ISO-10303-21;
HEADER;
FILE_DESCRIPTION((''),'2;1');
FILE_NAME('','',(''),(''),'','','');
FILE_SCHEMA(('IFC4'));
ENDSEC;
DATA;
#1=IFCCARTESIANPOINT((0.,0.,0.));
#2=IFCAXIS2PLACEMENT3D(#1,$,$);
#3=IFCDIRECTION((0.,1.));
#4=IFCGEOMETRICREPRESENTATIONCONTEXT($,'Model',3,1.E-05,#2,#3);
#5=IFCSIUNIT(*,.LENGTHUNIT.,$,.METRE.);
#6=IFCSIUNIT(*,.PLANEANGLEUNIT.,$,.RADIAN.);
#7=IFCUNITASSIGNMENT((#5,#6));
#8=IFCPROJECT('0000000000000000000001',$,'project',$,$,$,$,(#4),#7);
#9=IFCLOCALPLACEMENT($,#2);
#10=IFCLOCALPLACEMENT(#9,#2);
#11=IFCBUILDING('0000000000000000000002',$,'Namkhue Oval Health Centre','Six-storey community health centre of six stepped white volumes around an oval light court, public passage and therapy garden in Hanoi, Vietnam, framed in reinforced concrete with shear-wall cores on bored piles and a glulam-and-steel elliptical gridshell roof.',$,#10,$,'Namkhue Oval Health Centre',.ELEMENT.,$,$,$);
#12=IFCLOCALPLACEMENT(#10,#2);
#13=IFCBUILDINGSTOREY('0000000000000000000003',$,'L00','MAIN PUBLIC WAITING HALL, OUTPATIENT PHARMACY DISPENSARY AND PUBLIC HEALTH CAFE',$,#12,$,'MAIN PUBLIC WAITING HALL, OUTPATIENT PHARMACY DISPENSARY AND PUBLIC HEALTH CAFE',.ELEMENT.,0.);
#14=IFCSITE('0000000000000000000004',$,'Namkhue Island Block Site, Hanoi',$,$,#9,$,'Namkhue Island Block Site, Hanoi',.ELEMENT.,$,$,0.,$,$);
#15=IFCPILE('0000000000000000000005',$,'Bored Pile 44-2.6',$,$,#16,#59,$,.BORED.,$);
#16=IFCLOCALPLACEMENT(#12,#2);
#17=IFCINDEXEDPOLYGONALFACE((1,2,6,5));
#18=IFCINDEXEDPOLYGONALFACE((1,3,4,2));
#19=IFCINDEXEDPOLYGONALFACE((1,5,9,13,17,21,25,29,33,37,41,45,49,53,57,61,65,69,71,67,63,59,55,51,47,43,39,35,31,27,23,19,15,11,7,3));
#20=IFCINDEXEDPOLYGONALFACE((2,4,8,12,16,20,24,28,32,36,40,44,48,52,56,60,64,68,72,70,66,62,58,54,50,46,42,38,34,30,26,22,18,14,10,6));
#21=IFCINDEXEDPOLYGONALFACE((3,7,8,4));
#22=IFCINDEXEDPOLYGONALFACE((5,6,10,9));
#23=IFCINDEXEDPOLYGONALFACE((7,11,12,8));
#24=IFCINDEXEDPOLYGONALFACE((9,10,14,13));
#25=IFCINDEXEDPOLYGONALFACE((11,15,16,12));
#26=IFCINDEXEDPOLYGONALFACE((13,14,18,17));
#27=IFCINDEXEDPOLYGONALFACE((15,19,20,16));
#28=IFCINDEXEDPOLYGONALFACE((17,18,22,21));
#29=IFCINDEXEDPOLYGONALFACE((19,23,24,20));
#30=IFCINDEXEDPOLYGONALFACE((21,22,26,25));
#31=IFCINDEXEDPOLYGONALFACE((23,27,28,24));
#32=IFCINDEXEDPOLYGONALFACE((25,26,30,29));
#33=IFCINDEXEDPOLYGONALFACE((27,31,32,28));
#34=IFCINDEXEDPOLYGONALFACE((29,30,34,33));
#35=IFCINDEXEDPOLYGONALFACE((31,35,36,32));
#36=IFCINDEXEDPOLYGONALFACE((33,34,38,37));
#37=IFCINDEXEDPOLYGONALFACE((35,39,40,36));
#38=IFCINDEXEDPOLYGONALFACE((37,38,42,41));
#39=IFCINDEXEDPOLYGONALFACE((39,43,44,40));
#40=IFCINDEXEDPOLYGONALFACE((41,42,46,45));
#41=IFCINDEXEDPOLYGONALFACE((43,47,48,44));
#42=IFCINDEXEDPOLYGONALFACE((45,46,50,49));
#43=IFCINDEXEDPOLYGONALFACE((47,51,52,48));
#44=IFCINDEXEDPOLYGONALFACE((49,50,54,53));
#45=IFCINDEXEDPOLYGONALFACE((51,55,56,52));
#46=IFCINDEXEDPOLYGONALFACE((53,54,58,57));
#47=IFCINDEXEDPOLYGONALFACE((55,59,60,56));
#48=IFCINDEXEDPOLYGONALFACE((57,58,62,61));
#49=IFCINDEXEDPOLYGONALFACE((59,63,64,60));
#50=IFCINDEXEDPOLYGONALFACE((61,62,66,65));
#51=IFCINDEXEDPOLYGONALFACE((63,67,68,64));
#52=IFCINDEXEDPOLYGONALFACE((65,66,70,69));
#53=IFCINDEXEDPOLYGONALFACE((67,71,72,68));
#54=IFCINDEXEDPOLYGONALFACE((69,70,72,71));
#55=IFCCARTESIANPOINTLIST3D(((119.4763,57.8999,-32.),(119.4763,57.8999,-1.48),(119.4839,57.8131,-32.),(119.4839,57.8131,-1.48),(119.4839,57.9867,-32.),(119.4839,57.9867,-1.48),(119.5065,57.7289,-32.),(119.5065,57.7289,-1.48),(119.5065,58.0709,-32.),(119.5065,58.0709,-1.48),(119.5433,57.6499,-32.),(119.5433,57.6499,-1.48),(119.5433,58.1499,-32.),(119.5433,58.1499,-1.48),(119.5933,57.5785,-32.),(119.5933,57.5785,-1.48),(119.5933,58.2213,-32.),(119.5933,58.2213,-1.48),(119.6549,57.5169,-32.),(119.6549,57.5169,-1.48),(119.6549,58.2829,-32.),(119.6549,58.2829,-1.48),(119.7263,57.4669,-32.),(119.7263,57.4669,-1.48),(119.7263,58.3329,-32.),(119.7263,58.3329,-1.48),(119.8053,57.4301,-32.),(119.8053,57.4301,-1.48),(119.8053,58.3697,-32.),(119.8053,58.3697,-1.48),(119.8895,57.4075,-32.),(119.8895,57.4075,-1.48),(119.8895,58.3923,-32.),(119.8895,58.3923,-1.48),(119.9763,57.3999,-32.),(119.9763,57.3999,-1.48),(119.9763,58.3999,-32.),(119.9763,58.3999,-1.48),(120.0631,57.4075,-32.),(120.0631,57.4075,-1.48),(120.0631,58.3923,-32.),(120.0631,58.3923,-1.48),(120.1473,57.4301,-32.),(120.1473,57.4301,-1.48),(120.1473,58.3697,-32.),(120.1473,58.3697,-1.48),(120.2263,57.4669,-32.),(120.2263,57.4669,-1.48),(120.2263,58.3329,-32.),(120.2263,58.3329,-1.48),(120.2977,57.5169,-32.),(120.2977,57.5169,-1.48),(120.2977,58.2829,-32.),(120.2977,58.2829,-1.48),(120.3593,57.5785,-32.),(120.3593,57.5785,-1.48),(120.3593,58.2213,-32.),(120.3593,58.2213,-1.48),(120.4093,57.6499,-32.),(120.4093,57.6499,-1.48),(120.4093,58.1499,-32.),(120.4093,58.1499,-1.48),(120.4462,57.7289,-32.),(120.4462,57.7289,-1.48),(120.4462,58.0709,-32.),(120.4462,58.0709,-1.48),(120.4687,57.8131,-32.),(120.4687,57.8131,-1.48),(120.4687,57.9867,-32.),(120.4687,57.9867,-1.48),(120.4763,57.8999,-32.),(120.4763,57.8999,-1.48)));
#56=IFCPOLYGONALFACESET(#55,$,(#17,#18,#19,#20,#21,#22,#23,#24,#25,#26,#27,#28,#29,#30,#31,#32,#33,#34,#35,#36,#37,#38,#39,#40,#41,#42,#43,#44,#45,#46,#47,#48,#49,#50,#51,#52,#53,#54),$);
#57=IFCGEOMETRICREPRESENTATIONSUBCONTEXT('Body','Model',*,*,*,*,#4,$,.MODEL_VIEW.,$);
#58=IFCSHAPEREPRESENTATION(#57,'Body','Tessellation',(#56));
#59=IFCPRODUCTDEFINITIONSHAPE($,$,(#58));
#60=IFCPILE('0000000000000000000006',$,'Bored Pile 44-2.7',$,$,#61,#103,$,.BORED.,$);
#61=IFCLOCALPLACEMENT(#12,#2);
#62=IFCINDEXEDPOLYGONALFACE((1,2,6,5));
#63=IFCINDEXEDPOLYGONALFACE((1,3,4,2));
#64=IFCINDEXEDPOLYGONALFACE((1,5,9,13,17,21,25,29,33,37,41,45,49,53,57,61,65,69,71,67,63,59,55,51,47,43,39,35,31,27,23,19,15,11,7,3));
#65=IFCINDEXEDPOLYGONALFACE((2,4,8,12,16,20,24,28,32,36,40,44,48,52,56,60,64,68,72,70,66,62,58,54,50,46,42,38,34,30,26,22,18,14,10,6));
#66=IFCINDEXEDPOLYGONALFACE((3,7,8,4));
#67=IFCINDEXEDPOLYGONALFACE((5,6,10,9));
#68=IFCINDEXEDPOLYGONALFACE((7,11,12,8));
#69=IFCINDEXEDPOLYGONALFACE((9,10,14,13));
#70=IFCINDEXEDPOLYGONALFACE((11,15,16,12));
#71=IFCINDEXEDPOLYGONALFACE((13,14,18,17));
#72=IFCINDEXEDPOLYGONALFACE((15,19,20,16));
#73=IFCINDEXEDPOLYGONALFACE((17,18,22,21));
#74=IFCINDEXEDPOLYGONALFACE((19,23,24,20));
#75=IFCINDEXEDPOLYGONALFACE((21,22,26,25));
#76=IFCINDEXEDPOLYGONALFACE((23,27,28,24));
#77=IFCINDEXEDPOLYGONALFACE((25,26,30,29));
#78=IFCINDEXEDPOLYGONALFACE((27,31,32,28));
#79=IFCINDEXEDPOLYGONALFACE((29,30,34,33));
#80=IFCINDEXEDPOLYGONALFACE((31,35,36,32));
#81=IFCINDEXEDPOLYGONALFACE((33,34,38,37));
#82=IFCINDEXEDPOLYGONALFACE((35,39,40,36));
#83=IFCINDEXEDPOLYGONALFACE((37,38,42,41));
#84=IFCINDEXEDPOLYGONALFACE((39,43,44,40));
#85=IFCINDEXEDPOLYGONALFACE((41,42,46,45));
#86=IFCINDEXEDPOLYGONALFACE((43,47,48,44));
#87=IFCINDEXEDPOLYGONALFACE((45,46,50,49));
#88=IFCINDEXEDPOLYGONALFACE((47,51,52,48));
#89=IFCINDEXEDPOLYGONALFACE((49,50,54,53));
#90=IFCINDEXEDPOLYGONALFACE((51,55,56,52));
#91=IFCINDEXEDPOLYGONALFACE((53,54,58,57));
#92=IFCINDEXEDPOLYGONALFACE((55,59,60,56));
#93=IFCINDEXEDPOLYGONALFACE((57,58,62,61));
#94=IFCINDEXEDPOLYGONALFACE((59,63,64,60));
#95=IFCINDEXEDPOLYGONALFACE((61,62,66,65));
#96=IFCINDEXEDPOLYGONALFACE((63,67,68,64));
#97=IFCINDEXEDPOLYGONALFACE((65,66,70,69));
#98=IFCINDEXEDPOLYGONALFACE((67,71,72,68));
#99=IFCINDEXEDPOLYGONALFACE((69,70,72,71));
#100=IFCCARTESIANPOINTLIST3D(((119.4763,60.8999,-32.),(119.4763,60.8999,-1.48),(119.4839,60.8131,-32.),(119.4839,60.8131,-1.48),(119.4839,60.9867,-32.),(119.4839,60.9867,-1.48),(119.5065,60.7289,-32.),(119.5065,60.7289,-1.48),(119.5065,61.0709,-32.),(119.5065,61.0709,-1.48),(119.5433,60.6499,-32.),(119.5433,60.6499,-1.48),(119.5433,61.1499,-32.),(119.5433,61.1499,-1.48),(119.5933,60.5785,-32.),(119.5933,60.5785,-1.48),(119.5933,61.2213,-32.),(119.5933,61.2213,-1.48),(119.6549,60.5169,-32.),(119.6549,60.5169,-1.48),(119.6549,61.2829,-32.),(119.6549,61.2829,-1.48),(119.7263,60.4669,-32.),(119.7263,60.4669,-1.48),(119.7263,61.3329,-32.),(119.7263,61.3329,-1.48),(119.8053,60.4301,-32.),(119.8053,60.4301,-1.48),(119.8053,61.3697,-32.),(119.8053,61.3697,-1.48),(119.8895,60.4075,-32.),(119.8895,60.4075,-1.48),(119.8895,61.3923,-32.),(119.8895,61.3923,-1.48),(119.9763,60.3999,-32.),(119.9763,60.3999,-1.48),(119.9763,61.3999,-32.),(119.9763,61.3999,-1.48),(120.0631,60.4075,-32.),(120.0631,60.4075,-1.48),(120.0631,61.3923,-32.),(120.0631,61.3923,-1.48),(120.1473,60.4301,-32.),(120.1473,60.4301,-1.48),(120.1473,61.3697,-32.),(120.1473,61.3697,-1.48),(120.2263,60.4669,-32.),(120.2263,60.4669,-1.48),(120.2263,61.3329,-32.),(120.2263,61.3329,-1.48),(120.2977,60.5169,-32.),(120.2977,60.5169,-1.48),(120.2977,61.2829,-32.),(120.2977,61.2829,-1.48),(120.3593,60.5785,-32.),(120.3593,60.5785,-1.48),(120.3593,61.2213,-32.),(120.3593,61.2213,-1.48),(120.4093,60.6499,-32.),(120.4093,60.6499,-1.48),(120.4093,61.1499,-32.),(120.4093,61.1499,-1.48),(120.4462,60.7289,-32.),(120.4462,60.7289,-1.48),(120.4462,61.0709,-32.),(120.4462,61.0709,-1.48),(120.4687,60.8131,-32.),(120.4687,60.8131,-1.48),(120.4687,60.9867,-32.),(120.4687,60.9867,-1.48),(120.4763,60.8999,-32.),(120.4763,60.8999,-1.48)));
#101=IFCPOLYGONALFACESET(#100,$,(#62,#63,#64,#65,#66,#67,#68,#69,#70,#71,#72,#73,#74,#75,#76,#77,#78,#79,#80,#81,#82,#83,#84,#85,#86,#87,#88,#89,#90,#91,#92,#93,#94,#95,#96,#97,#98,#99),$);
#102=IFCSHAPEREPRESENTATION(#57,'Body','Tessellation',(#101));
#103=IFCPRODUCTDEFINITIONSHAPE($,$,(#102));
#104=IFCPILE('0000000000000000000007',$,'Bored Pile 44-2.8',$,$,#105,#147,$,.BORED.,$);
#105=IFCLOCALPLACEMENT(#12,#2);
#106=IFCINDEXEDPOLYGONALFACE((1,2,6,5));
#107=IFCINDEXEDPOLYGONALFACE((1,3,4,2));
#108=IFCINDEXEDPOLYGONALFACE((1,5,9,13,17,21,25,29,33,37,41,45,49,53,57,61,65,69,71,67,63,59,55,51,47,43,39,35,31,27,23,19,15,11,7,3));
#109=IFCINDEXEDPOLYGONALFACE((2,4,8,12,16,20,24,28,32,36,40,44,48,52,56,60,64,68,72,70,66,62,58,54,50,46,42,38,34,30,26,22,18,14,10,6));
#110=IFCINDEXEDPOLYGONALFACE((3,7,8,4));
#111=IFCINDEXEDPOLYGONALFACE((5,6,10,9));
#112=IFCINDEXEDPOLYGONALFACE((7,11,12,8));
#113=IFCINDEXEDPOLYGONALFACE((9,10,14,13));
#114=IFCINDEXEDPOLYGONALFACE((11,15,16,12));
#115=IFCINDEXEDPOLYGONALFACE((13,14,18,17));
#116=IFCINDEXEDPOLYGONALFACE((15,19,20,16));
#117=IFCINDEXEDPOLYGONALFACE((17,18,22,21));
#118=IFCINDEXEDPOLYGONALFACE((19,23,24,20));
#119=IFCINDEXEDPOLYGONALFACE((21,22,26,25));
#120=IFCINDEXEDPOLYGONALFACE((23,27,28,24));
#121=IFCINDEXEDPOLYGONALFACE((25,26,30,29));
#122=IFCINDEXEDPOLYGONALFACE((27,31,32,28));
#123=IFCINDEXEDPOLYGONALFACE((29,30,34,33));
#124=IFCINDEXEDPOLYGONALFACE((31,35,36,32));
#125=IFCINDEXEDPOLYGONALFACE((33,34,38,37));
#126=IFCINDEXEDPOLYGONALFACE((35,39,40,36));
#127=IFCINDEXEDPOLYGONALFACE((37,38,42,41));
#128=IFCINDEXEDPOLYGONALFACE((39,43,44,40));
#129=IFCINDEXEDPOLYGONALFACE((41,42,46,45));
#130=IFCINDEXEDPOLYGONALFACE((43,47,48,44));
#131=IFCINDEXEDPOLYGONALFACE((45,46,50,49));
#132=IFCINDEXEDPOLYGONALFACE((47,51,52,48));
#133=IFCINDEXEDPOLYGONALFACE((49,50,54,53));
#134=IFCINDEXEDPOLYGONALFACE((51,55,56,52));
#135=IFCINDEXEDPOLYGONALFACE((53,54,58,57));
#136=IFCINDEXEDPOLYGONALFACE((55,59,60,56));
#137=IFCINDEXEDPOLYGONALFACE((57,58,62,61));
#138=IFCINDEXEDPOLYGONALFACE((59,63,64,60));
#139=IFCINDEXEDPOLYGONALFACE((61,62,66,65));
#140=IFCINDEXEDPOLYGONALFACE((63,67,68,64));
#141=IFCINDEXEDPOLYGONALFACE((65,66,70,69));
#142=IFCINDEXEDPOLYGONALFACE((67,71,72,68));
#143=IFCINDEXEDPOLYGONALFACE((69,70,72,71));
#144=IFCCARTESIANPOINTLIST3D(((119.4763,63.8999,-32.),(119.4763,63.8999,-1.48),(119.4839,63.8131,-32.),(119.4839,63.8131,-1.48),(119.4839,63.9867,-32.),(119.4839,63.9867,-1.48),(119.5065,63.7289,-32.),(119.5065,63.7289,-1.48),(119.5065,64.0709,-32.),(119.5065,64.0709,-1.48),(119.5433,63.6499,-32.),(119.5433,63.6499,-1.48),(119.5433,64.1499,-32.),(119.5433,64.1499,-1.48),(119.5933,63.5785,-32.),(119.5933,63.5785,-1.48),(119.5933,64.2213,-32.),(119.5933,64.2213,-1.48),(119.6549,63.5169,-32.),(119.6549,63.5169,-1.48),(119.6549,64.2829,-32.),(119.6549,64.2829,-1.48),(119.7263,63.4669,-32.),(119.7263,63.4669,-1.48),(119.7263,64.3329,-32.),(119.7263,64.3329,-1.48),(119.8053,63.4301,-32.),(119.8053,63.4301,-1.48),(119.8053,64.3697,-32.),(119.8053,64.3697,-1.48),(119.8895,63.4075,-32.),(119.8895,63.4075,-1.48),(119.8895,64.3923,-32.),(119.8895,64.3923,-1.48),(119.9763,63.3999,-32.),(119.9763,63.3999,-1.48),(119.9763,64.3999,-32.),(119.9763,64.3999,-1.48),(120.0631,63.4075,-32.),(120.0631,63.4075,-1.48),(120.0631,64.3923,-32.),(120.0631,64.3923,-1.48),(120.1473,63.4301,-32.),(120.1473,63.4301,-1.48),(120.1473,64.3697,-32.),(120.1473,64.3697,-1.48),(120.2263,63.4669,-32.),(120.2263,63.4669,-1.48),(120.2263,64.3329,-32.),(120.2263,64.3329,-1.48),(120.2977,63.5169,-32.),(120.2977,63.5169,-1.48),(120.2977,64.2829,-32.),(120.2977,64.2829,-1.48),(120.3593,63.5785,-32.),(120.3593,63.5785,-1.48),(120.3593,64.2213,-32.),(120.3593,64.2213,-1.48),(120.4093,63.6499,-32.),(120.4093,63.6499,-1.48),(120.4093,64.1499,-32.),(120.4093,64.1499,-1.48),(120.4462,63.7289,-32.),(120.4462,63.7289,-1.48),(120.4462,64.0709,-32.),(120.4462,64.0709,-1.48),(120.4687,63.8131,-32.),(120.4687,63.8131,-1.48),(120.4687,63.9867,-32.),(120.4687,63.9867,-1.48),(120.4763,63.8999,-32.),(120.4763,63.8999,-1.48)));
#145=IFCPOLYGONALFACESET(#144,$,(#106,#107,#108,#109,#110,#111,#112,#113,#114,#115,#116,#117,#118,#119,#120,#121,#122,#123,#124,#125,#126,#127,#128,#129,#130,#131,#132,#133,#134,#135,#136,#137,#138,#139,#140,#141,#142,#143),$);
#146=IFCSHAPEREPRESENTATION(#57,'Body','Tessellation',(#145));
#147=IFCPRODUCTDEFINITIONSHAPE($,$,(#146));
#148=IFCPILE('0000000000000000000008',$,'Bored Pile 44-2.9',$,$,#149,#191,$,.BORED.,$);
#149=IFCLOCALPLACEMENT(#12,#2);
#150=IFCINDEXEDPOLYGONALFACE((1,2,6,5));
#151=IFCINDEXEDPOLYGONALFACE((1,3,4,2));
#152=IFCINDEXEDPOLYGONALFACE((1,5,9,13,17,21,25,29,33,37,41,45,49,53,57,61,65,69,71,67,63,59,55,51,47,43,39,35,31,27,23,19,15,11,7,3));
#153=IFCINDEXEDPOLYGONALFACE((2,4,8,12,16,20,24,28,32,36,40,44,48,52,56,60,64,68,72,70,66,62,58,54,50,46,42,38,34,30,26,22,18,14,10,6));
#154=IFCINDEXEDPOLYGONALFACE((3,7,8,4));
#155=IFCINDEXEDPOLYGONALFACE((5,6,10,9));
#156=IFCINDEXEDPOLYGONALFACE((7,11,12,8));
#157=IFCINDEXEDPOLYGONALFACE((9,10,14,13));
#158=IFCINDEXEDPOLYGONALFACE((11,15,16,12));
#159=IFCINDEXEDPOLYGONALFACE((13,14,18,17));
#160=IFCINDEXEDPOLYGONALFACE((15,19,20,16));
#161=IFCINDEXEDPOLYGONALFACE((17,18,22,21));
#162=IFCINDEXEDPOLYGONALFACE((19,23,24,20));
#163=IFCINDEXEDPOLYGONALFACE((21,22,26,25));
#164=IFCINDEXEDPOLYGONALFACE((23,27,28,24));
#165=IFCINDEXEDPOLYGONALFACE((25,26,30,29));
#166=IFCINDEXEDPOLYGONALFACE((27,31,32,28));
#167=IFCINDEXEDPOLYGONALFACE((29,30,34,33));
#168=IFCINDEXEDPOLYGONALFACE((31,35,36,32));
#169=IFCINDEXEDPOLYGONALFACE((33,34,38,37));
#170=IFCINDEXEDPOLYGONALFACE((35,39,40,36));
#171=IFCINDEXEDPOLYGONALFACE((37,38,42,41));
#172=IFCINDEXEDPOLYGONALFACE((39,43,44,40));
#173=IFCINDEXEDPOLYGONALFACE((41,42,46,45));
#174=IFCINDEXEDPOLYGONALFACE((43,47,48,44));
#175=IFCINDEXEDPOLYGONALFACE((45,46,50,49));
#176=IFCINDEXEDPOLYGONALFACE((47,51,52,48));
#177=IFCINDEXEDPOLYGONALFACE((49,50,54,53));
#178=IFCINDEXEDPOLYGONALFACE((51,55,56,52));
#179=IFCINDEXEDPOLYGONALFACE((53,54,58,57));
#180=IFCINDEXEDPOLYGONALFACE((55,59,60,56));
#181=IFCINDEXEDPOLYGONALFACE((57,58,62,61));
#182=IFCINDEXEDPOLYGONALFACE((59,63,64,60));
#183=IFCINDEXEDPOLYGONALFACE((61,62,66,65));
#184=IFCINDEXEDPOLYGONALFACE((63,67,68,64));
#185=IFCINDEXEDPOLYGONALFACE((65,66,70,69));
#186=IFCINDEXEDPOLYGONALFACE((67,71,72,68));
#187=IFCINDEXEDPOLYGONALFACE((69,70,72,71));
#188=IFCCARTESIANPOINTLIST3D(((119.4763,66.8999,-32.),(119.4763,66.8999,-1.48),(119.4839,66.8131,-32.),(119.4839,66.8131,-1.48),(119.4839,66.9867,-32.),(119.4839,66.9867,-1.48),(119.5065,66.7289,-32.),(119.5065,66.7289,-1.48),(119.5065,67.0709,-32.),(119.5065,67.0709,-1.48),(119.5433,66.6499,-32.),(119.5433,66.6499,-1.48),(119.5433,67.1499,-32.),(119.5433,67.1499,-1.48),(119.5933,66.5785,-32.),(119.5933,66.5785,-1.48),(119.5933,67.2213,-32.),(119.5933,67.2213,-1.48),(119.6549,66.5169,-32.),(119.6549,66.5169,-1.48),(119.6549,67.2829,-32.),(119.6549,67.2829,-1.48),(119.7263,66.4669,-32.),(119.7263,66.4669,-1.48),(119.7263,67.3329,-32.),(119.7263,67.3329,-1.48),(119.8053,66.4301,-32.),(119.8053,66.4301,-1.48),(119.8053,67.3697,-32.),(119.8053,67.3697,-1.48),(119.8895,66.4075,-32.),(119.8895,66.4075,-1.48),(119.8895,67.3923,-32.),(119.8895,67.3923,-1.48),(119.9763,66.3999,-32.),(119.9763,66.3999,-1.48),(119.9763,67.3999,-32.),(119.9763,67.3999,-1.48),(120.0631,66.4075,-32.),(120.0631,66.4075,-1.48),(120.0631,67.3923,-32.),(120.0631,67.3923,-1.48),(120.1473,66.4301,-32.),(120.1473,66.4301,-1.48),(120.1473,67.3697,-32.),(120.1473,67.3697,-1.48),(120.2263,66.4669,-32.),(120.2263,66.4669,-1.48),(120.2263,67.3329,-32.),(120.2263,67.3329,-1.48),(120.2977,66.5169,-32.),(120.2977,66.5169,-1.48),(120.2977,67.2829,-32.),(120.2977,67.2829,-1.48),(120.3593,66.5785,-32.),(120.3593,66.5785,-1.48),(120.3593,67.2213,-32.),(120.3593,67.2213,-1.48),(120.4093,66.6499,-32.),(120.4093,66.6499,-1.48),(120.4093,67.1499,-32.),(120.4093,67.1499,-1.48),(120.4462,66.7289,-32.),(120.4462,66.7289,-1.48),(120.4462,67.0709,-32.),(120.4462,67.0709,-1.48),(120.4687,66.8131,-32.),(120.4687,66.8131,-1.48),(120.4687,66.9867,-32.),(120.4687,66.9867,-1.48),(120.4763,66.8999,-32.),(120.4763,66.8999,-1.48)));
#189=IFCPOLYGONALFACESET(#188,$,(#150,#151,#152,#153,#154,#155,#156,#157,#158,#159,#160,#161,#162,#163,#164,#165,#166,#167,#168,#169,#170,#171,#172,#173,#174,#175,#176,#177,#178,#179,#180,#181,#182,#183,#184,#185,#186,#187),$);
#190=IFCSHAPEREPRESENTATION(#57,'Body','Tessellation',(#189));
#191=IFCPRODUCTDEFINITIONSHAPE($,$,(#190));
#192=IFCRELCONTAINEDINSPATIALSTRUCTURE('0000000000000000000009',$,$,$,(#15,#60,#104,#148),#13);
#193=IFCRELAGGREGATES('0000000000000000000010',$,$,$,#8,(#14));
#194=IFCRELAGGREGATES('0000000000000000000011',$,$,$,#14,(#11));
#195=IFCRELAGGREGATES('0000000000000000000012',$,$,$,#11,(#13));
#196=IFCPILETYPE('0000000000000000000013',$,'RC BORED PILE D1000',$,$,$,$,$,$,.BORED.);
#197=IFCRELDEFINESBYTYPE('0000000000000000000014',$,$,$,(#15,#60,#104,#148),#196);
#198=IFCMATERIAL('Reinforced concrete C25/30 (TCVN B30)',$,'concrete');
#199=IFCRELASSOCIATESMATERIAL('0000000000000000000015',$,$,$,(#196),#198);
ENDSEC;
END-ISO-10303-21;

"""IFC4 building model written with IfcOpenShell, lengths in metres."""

from ifc_helpers import new_model, si_unit, direction, frame, origin, origin_2d, place, context, subcontext, project, spatial, circle, extrude, material, material_profile, profile_set, type_object, element, save


model = new_model("IFC4")

# Units and contexts
model_context = context("Model", 3, precision=1e-05, world=origin(), true_north=direction((0.0, 1.0)))
body_context = subcontext(model_context, "Body", "Model", "MODEL_VIEW")
ifc_project = project(units=[si_unit("LENGTHUNIT", "METRE"), si_unit("PLANEANGLEUNIT", "RADIAN")], contexts=[model_context])

# Site, building, storey
site_placement = place(None, origin())
site = spatial("IfcSite", under=ifc_project, at=site_placement, Name="Namkhue Island Block Site, Hanoi", LongName="Namkhue Island Block Site, Hanoi", CompositionType="ELEMENT", RefElevation=0.0)
building_placement = place(site_placement, origin())
building = spatial("IfcBuilding", under=site, at=building_placement, Name="Namkhue Oval Health Centre", Description="Six-storey community health centre of six stepped white volumes around an oval light court, public passage and therapy garden in Hanoi, Vietnam, framed in reinforced concrete with shear-wall cores on bored piles and a glulam-and-steel elliptical gridshell roof.", LongName="Namkhue Oval Health Centre", CompositionType="ELEMENT")
storey_placement = place(building_placement, origin())
storey = spatial("IfcBuildingStorey", under=building, at=storey_placement, Name="L00", Description="MAIN PUBLIC WAITING HALL, OUTPATIENT PHARMACY DISPENSARY AND PUBLIC HEALTH CAFE", LongName="MAIN PUBLIC WAITING HALL, OUTPATIENT PHARMACY DISPENSARY AND PUBLIC HEALTH CAFE", CompositionType="ELEMENT", Elevation=0.0)

# Piles
ifc_material_1 = material(Name="Reinforced concrete C25/30 (TCVN B30)", Category="concrete")
ifc_material_profile_1 = material_profile(ifc_material_1, circle(Radius=0.5, at=origin_2d()), Name="BORED PILE D1000")
ifc_profile_set_1 = profile_set([ifc_material_profile_1], Name="Reinforced concrete C25/30 (TCVN B30)")
pile_type = type_object("IfcPileType", Name="RC BORED PILE D1000", PredefinedType="BORED", material=ifc_profile_set_1)
for number, where, z_axis, x_axis, name in (
    (1, (119.9763, 57.8999, -1.48), (0.0, 0.0, -1.0), (1.0, 0.0, 0.0), "Bored Pile 44-2.6"),
    (2, (119.9763, 60.8999, -1.48), (0.0, 0.0, -1.0), (1.0, 0.0, 0.0), "Bored Pile 44-2.7"),
    (3, (119.9763, 63.8999, -1.48), (0.0, 0.0, -1.0), (1.0, 0.0, 0.0), "Bored Pile 44-2.8"),
    (4, (119.9763, 66.8999, -1.48), (0.0, 0.0, -1.0), (1.0, 0.0, 0.0), "Bored Pile 44-2.9"),
):
    element("IfcPile", number, at=place(storey_placement, frame(where, z_axis=z_axis, x_axis=x_axis)), inside=storey, type_object=pile_type, Name=name, PredefinedType="BORED", context=body_context, shape_type="SweptSolid", body=[
        extrude(circle(Radius=0.5, at=origin_2d()), origin(), (0.0, 0.0, 1.0), 30.52),
    ])

save(model, "model.ifc")
